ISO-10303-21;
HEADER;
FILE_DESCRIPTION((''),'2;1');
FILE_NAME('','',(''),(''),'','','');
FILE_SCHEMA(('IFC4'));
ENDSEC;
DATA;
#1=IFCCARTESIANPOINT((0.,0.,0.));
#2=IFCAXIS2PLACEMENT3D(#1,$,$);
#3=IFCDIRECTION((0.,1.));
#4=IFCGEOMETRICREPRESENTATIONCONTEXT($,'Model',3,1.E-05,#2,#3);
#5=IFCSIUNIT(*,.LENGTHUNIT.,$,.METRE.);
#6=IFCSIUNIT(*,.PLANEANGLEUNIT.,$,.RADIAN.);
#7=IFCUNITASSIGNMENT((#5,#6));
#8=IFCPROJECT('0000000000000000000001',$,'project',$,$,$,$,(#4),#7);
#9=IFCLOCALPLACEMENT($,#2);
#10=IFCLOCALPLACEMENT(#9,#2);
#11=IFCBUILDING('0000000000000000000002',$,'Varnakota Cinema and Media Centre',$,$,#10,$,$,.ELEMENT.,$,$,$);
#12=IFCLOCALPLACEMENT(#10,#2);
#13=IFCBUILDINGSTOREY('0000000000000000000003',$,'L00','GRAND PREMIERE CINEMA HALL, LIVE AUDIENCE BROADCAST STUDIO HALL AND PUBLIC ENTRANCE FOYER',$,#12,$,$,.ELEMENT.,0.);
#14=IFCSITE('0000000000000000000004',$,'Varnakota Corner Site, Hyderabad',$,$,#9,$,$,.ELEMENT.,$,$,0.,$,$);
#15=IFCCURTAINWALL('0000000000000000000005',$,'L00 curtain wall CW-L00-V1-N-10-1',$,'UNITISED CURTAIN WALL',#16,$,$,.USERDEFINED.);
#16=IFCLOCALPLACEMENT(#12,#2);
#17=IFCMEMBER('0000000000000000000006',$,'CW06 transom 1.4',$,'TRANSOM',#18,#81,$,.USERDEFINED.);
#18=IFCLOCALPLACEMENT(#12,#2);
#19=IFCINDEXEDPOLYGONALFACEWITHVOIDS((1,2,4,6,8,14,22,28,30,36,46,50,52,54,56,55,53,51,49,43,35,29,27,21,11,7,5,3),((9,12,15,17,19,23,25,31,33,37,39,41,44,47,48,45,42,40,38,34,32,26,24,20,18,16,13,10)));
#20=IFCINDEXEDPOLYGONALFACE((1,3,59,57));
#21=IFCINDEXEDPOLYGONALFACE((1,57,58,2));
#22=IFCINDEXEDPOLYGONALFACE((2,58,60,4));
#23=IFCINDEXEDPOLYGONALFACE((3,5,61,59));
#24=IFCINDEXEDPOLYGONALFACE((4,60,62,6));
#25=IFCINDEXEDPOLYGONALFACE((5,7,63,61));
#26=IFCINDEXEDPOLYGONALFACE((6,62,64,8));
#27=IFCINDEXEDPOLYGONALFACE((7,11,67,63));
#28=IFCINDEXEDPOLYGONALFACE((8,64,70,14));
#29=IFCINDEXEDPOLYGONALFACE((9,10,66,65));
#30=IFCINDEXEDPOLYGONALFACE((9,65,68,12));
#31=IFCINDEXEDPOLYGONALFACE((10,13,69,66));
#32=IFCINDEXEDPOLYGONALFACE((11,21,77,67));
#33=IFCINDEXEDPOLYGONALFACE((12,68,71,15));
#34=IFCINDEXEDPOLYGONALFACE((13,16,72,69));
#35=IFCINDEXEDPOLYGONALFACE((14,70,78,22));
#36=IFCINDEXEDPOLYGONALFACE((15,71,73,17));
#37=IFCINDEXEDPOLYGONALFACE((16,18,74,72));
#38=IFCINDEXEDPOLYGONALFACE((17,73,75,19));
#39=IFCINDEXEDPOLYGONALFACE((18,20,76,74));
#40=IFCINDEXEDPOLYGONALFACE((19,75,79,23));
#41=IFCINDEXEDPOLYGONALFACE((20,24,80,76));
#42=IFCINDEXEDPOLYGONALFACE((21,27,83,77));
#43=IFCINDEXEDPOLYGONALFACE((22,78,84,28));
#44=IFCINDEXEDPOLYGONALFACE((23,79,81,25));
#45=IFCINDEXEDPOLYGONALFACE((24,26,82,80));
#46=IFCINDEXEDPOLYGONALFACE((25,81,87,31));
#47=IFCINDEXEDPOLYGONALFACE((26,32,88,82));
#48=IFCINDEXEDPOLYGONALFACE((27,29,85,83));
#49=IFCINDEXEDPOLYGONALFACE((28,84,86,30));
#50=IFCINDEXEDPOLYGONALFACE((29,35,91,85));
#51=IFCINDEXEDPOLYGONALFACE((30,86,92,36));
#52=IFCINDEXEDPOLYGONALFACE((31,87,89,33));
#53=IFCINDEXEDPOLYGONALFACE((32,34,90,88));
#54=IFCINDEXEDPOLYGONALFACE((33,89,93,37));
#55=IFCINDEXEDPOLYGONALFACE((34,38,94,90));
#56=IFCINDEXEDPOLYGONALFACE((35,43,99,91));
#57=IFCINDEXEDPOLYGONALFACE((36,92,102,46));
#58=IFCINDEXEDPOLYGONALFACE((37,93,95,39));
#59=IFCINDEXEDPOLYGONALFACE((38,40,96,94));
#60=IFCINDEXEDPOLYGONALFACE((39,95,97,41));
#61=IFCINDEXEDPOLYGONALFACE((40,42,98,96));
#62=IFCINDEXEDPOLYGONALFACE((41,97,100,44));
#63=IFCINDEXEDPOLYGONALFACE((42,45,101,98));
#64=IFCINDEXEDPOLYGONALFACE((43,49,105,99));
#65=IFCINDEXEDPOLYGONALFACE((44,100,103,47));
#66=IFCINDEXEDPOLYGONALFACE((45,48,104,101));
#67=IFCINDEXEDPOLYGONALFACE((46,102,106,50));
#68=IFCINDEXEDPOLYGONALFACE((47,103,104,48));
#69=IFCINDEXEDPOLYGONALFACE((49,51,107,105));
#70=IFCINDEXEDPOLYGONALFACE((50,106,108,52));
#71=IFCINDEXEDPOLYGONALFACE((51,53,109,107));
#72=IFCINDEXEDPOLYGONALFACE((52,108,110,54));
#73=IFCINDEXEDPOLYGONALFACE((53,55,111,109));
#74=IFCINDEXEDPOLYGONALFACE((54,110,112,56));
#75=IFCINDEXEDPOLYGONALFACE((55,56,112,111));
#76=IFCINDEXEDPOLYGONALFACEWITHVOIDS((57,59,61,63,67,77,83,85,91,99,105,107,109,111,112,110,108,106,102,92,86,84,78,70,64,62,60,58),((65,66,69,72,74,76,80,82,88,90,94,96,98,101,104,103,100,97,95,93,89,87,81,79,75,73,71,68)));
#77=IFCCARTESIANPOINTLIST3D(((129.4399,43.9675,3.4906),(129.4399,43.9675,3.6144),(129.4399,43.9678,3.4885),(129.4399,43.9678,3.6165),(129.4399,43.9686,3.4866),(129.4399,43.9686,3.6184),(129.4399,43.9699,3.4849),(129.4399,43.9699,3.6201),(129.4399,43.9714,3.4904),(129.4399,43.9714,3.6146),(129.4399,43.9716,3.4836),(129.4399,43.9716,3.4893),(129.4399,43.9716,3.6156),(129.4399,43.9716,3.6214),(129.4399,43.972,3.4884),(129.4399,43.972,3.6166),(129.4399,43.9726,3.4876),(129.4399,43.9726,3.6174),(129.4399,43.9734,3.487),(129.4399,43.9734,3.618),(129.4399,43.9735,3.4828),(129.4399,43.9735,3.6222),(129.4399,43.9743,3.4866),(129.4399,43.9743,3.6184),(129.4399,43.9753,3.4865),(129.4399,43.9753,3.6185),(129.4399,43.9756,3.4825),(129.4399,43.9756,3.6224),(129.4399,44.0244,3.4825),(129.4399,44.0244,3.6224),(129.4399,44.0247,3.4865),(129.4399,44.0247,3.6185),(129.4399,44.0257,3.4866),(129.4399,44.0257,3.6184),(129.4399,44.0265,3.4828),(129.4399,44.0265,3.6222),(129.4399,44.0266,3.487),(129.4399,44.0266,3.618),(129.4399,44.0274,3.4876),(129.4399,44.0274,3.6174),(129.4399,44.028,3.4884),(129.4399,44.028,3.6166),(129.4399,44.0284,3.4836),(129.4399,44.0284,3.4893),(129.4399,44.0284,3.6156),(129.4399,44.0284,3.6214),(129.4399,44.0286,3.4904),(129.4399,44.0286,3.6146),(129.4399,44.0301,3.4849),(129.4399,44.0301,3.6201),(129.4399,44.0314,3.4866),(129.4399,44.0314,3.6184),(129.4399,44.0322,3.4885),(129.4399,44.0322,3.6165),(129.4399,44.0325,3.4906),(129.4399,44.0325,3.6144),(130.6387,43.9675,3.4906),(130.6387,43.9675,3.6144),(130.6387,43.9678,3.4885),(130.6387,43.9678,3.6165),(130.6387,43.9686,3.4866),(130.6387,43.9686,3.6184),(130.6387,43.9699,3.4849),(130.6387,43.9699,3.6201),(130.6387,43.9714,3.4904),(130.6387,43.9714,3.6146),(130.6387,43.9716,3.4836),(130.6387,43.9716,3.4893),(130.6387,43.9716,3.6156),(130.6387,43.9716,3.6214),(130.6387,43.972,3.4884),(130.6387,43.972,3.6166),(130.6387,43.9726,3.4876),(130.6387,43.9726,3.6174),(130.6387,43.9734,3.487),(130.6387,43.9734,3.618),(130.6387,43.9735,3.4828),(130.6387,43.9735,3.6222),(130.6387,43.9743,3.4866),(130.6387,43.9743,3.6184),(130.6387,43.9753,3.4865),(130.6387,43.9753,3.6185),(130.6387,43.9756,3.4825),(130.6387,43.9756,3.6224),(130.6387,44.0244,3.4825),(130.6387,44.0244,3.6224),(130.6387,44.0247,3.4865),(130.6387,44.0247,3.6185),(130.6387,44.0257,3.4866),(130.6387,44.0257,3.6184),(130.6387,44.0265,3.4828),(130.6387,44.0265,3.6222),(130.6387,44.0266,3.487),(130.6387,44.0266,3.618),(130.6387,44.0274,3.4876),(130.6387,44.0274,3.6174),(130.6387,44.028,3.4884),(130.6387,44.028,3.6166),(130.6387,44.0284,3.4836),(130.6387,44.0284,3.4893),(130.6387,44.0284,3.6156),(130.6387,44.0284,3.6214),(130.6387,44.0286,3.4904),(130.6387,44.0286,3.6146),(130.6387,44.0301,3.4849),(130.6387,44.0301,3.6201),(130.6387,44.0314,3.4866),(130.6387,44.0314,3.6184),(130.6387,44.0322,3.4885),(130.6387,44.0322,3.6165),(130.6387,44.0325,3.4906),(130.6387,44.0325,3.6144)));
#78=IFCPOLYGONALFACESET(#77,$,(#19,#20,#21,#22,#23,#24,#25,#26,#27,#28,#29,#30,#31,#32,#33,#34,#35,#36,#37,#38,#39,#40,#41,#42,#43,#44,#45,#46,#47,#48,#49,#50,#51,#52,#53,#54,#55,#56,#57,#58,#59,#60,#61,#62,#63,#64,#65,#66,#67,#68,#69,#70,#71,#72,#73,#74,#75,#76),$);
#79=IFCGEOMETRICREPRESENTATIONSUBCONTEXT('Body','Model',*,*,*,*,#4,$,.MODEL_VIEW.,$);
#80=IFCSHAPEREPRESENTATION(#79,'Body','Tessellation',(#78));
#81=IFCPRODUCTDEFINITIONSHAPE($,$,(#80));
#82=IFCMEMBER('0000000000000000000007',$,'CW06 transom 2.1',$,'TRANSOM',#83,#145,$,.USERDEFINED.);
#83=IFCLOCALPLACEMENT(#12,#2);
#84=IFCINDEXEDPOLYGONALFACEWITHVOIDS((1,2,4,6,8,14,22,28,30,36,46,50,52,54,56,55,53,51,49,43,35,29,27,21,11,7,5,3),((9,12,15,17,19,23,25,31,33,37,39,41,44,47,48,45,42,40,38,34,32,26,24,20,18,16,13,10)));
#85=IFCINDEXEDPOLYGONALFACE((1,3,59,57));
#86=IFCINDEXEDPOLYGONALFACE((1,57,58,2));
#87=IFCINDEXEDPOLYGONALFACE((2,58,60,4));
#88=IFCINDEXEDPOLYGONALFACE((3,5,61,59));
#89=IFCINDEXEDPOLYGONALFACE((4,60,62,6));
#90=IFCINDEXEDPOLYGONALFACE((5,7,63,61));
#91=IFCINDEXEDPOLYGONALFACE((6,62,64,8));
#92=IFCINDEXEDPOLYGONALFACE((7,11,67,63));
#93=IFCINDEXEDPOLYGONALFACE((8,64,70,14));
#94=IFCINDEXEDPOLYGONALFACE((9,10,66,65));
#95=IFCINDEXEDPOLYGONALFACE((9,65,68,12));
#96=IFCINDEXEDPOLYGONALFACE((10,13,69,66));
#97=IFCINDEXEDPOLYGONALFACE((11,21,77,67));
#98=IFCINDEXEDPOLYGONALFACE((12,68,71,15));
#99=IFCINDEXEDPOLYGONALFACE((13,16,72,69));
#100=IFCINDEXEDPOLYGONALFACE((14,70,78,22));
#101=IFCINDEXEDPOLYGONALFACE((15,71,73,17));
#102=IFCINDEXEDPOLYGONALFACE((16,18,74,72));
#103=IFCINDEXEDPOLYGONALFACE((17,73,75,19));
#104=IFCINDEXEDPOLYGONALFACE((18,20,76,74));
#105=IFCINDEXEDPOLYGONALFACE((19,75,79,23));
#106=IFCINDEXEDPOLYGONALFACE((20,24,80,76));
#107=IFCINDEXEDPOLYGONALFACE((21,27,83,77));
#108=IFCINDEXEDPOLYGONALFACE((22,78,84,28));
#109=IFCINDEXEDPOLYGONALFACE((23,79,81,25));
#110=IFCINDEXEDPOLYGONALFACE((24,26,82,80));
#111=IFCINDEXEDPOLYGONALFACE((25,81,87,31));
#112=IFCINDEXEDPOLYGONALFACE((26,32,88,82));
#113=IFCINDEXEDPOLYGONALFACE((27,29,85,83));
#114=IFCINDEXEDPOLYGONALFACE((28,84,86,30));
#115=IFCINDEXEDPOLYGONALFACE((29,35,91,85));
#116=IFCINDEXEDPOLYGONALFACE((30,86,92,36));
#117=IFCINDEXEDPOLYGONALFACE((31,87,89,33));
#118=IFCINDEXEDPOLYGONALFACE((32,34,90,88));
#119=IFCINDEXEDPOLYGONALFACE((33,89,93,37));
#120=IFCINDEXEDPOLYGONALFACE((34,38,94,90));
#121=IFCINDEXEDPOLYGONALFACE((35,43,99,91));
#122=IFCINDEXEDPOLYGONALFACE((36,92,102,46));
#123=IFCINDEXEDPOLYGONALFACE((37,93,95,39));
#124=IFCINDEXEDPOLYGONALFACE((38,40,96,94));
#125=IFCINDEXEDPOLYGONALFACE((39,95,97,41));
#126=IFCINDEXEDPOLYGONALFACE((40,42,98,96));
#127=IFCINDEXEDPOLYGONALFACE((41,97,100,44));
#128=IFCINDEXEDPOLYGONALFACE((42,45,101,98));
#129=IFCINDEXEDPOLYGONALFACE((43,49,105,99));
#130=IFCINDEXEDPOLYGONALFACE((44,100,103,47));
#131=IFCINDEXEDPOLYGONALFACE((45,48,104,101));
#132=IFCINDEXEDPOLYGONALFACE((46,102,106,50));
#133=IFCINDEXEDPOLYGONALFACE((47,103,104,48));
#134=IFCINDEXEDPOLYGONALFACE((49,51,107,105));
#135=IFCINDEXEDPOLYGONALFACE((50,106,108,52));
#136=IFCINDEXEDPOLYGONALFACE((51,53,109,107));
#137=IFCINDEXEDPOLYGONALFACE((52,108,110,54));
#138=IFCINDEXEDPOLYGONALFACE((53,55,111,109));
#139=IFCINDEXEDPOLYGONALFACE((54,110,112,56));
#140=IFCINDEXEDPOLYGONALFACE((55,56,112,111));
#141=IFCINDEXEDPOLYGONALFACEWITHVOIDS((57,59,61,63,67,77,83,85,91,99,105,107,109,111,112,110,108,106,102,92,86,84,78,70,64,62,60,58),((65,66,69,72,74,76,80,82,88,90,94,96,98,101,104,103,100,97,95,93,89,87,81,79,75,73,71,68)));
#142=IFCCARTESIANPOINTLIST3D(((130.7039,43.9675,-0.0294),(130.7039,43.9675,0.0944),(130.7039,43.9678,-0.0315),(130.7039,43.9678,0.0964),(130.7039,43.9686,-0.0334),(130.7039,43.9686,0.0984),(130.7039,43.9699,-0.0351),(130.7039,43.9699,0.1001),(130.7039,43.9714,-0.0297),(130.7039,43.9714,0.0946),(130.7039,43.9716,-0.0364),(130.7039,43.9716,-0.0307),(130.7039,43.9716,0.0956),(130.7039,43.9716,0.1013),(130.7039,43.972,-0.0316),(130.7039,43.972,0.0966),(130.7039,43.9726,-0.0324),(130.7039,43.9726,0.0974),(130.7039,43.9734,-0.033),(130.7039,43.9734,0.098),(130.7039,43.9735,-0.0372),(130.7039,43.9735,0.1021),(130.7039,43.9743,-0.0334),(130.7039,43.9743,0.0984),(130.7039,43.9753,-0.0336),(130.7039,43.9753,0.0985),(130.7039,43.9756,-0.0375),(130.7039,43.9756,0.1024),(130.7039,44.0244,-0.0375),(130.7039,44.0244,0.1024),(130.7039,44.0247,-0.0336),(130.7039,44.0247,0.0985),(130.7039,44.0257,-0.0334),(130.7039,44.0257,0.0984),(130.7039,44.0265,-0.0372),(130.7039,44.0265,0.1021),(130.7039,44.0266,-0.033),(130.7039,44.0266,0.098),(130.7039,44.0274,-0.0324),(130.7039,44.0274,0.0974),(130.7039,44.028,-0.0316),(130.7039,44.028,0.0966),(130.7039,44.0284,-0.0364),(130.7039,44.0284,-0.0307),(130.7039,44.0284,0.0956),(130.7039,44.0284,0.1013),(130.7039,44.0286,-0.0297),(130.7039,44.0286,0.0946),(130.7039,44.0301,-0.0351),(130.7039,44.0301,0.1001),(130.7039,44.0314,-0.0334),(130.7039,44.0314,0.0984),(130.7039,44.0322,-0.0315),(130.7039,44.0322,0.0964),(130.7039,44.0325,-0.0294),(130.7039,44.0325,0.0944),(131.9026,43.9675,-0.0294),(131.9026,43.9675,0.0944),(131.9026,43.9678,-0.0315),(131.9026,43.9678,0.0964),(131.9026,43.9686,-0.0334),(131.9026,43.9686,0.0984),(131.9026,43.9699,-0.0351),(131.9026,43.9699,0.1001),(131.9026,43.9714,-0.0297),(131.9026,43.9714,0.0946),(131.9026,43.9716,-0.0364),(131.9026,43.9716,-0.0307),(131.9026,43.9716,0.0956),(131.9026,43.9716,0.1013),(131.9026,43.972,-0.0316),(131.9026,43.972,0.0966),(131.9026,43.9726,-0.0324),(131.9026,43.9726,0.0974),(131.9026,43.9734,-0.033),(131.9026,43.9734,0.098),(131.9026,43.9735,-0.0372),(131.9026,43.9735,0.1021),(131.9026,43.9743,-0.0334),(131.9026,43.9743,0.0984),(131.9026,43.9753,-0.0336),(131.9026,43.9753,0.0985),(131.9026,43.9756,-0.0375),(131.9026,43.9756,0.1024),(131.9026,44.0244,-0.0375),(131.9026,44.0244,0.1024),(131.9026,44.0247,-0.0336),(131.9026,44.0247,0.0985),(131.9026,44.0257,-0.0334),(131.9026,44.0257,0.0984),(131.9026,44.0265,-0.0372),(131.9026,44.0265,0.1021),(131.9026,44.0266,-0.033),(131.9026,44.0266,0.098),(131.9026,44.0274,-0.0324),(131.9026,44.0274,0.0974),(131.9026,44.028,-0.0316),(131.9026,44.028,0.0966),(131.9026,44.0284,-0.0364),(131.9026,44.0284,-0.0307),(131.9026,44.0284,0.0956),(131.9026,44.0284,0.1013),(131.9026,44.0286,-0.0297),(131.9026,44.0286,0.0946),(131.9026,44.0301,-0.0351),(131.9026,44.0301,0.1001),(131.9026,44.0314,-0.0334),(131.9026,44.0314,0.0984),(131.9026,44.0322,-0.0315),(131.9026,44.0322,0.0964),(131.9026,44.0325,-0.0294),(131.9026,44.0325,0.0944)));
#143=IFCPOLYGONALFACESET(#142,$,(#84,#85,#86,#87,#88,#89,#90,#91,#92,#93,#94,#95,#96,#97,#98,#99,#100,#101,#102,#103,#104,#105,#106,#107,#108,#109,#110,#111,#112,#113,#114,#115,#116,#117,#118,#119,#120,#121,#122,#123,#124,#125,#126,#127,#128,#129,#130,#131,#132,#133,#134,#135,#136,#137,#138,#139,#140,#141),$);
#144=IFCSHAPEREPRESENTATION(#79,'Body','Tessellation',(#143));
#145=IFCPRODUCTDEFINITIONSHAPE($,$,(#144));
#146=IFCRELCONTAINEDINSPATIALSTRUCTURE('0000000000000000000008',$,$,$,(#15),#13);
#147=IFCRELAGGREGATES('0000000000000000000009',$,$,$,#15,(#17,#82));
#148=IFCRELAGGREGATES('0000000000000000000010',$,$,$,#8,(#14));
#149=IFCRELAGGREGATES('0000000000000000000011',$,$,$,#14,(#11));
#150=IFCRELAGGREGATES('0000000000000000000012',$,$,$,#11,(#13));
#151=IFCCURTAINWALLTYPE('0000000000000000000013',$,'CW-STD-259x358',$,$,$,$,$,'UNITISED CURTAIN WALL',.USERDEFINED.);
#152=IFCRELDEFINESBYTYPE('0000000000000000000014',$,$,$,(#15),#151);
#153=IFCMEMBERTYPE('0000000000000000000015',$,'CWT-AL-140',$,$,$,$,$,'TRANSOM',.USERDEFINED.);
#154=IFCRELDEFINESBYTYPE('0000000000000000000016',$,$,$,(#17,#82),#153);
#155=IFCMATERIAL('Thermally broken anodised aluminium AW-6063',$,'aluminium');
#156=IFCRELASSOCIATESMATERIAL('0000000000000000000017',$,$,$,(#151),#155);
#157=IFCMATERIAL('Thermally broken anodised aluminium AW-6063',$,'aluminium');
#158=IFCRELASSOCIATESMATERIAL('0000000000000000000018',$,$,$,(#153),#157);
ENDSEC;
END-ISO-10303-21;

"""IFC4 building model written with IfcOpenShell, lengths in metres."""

from ifc_helpers import new_model, si_unit, direction, frame, origin, origin_2d, place, context, subcontext, project, spatial, hollow_rectangle, extrude, material, material_profile, profile_set, type_object, element, aggregate, save


model = new_model("IFC4")

# Units and contexts
model_context = context("Model", 3, precision=1e-05, world=origin(), true_north=direction((0.0, 1.0)))
body_context = subcontext(model_context, "Body", "Model", "MODEL_VIEW")
ifc_project = project(units=[si_unit("LENGTHUNIT", "METRE"), si_unit("PLANEANGLEUNIT", "RADIAN")], contexts=[model_context])

# Site, building, storey
site_placement = place(None, origin())
site = spatial("IfcSite", under=ifc_project, at=site_placement, Name="Varnakota Corner Site, Hyderabad", CompositionType="ELEMENT", RefElevation=0.0)
building_placement = place(site_placement, origin())
building = spatial("IfcBuilding", under=site, at=building_placement, Name="Varnakota Cinema and Media Centre", CompositionType="ELEMENT")
storey_placement = place(building_placement, origin())
storey = spatial("IfcBuildingStorey", under=building, at=storey_placement, Name="L00", Description="GRAND PREMIERE CINEMA HALL, LIVE AUDIENCE BROADCAST STUDIO HALL AND PUBLIC ENTRANCE FOYER", CompositionType="ELEMENT", Elevation=0.0)

# Curtain wall
ifc_material_1 = material(Name="Thermally broken anodised aluminium AW-6063", Category="aluminium")
curtain_wall_type = type_object("IfcCurtainWallType", Name="CW-STD-259x358", ElementType="UNITISED CURTAIN WALL", PredefinedType="USERDEFINED", material=ifc_material_1)
curtain_wall_1_placement = place(storey_placement, origin())
curtain_wall_1 = element("IfcCurtainWall", 1, at=curtain_wall_1_placement, inside=storey, type_object=curtain_wall_type, Name="L00 curtain wall CW-L00-V1-N-10-1", ObjectType="UNITISED CURTAIN WALL", PredefinedType="USERDEFINED")

# Members
ifc_material_2 = material(Name="Thermally broken anodised aluminium AW-6063", Category="aluminium")
ifc_material_profile_1 = material_profile(ifc_material_2, hollow_rectangle(XDim=0.0649, YDim=0.1399, WallThickness=0.0039, InnerFilletRadius=0.0039, OuterFilletRadius=0.0081, at=origin_2d()), Name="AL-TRANSOM 140x65x4")
ifc_profile_set_1 = profile_set([ifc_material_profile_1], Name="Thermally broken anodised aluminium AW-6063")
member_type_1 = type_object("IfcMemberType", Name="CWT-AL-140", ElementType="TRANSOM", PredefinedType="USERDEFINED", material=ifc_profile_set_1)
member_1_placement = place(storey_placement, frame((129.4399, 44.0, 3.5525), z_axis=(1.0, 0.0, 0.0), x_axis=(0.0, 1.0, 0.0)))
member_1 = element("IfcMember", 2, at=member_1_placement, type_object=member_type_1, Name="CW06 transom 1.4", ObjectType="TRANSOM", PredefinedType="USERDEFINED", context=body_context, shape_type="SweptSolid", body=[
    extrude(hollow_rectangle(XDim=0.0649, YDim=0.1399, WallThickness=0.0039, InnerFilletRadius=0.0039, OuterFilletRadius=0.0081, at=origin_2d()), origin(), (0.0, 0.0, 1.0), 1.1987),
])
member_2_placement = place(storey_placement, frame((130.7039, 44.0, 0.0325), z_axis=(1.0, 0.0, 0.0), x_axis=(0.0, 1.0, 0.0)))
member_2 = element("IfcMember", 3, at=member_2_placement, type_object=member_type_1, Name="CW06 transom 2.1", ObjectType="TRANSOM", PredefinedType="USERDEFINED", context=body_context, shape_type="SweptSolid", body=[
    extrude(hollow_rectangle(XDim=0.0649, YDim=0.1399, WallThickness=0.0039, InnerFilletRadius=0.0039, OuterFilletRadius=0.0081, at=origin_2d()), origin(), (0.0, 0.0, 1.0), 1.1987),
])

aggregate(curtain_wall_1, [member_1, member_2])

save(model, "model.ifc")
